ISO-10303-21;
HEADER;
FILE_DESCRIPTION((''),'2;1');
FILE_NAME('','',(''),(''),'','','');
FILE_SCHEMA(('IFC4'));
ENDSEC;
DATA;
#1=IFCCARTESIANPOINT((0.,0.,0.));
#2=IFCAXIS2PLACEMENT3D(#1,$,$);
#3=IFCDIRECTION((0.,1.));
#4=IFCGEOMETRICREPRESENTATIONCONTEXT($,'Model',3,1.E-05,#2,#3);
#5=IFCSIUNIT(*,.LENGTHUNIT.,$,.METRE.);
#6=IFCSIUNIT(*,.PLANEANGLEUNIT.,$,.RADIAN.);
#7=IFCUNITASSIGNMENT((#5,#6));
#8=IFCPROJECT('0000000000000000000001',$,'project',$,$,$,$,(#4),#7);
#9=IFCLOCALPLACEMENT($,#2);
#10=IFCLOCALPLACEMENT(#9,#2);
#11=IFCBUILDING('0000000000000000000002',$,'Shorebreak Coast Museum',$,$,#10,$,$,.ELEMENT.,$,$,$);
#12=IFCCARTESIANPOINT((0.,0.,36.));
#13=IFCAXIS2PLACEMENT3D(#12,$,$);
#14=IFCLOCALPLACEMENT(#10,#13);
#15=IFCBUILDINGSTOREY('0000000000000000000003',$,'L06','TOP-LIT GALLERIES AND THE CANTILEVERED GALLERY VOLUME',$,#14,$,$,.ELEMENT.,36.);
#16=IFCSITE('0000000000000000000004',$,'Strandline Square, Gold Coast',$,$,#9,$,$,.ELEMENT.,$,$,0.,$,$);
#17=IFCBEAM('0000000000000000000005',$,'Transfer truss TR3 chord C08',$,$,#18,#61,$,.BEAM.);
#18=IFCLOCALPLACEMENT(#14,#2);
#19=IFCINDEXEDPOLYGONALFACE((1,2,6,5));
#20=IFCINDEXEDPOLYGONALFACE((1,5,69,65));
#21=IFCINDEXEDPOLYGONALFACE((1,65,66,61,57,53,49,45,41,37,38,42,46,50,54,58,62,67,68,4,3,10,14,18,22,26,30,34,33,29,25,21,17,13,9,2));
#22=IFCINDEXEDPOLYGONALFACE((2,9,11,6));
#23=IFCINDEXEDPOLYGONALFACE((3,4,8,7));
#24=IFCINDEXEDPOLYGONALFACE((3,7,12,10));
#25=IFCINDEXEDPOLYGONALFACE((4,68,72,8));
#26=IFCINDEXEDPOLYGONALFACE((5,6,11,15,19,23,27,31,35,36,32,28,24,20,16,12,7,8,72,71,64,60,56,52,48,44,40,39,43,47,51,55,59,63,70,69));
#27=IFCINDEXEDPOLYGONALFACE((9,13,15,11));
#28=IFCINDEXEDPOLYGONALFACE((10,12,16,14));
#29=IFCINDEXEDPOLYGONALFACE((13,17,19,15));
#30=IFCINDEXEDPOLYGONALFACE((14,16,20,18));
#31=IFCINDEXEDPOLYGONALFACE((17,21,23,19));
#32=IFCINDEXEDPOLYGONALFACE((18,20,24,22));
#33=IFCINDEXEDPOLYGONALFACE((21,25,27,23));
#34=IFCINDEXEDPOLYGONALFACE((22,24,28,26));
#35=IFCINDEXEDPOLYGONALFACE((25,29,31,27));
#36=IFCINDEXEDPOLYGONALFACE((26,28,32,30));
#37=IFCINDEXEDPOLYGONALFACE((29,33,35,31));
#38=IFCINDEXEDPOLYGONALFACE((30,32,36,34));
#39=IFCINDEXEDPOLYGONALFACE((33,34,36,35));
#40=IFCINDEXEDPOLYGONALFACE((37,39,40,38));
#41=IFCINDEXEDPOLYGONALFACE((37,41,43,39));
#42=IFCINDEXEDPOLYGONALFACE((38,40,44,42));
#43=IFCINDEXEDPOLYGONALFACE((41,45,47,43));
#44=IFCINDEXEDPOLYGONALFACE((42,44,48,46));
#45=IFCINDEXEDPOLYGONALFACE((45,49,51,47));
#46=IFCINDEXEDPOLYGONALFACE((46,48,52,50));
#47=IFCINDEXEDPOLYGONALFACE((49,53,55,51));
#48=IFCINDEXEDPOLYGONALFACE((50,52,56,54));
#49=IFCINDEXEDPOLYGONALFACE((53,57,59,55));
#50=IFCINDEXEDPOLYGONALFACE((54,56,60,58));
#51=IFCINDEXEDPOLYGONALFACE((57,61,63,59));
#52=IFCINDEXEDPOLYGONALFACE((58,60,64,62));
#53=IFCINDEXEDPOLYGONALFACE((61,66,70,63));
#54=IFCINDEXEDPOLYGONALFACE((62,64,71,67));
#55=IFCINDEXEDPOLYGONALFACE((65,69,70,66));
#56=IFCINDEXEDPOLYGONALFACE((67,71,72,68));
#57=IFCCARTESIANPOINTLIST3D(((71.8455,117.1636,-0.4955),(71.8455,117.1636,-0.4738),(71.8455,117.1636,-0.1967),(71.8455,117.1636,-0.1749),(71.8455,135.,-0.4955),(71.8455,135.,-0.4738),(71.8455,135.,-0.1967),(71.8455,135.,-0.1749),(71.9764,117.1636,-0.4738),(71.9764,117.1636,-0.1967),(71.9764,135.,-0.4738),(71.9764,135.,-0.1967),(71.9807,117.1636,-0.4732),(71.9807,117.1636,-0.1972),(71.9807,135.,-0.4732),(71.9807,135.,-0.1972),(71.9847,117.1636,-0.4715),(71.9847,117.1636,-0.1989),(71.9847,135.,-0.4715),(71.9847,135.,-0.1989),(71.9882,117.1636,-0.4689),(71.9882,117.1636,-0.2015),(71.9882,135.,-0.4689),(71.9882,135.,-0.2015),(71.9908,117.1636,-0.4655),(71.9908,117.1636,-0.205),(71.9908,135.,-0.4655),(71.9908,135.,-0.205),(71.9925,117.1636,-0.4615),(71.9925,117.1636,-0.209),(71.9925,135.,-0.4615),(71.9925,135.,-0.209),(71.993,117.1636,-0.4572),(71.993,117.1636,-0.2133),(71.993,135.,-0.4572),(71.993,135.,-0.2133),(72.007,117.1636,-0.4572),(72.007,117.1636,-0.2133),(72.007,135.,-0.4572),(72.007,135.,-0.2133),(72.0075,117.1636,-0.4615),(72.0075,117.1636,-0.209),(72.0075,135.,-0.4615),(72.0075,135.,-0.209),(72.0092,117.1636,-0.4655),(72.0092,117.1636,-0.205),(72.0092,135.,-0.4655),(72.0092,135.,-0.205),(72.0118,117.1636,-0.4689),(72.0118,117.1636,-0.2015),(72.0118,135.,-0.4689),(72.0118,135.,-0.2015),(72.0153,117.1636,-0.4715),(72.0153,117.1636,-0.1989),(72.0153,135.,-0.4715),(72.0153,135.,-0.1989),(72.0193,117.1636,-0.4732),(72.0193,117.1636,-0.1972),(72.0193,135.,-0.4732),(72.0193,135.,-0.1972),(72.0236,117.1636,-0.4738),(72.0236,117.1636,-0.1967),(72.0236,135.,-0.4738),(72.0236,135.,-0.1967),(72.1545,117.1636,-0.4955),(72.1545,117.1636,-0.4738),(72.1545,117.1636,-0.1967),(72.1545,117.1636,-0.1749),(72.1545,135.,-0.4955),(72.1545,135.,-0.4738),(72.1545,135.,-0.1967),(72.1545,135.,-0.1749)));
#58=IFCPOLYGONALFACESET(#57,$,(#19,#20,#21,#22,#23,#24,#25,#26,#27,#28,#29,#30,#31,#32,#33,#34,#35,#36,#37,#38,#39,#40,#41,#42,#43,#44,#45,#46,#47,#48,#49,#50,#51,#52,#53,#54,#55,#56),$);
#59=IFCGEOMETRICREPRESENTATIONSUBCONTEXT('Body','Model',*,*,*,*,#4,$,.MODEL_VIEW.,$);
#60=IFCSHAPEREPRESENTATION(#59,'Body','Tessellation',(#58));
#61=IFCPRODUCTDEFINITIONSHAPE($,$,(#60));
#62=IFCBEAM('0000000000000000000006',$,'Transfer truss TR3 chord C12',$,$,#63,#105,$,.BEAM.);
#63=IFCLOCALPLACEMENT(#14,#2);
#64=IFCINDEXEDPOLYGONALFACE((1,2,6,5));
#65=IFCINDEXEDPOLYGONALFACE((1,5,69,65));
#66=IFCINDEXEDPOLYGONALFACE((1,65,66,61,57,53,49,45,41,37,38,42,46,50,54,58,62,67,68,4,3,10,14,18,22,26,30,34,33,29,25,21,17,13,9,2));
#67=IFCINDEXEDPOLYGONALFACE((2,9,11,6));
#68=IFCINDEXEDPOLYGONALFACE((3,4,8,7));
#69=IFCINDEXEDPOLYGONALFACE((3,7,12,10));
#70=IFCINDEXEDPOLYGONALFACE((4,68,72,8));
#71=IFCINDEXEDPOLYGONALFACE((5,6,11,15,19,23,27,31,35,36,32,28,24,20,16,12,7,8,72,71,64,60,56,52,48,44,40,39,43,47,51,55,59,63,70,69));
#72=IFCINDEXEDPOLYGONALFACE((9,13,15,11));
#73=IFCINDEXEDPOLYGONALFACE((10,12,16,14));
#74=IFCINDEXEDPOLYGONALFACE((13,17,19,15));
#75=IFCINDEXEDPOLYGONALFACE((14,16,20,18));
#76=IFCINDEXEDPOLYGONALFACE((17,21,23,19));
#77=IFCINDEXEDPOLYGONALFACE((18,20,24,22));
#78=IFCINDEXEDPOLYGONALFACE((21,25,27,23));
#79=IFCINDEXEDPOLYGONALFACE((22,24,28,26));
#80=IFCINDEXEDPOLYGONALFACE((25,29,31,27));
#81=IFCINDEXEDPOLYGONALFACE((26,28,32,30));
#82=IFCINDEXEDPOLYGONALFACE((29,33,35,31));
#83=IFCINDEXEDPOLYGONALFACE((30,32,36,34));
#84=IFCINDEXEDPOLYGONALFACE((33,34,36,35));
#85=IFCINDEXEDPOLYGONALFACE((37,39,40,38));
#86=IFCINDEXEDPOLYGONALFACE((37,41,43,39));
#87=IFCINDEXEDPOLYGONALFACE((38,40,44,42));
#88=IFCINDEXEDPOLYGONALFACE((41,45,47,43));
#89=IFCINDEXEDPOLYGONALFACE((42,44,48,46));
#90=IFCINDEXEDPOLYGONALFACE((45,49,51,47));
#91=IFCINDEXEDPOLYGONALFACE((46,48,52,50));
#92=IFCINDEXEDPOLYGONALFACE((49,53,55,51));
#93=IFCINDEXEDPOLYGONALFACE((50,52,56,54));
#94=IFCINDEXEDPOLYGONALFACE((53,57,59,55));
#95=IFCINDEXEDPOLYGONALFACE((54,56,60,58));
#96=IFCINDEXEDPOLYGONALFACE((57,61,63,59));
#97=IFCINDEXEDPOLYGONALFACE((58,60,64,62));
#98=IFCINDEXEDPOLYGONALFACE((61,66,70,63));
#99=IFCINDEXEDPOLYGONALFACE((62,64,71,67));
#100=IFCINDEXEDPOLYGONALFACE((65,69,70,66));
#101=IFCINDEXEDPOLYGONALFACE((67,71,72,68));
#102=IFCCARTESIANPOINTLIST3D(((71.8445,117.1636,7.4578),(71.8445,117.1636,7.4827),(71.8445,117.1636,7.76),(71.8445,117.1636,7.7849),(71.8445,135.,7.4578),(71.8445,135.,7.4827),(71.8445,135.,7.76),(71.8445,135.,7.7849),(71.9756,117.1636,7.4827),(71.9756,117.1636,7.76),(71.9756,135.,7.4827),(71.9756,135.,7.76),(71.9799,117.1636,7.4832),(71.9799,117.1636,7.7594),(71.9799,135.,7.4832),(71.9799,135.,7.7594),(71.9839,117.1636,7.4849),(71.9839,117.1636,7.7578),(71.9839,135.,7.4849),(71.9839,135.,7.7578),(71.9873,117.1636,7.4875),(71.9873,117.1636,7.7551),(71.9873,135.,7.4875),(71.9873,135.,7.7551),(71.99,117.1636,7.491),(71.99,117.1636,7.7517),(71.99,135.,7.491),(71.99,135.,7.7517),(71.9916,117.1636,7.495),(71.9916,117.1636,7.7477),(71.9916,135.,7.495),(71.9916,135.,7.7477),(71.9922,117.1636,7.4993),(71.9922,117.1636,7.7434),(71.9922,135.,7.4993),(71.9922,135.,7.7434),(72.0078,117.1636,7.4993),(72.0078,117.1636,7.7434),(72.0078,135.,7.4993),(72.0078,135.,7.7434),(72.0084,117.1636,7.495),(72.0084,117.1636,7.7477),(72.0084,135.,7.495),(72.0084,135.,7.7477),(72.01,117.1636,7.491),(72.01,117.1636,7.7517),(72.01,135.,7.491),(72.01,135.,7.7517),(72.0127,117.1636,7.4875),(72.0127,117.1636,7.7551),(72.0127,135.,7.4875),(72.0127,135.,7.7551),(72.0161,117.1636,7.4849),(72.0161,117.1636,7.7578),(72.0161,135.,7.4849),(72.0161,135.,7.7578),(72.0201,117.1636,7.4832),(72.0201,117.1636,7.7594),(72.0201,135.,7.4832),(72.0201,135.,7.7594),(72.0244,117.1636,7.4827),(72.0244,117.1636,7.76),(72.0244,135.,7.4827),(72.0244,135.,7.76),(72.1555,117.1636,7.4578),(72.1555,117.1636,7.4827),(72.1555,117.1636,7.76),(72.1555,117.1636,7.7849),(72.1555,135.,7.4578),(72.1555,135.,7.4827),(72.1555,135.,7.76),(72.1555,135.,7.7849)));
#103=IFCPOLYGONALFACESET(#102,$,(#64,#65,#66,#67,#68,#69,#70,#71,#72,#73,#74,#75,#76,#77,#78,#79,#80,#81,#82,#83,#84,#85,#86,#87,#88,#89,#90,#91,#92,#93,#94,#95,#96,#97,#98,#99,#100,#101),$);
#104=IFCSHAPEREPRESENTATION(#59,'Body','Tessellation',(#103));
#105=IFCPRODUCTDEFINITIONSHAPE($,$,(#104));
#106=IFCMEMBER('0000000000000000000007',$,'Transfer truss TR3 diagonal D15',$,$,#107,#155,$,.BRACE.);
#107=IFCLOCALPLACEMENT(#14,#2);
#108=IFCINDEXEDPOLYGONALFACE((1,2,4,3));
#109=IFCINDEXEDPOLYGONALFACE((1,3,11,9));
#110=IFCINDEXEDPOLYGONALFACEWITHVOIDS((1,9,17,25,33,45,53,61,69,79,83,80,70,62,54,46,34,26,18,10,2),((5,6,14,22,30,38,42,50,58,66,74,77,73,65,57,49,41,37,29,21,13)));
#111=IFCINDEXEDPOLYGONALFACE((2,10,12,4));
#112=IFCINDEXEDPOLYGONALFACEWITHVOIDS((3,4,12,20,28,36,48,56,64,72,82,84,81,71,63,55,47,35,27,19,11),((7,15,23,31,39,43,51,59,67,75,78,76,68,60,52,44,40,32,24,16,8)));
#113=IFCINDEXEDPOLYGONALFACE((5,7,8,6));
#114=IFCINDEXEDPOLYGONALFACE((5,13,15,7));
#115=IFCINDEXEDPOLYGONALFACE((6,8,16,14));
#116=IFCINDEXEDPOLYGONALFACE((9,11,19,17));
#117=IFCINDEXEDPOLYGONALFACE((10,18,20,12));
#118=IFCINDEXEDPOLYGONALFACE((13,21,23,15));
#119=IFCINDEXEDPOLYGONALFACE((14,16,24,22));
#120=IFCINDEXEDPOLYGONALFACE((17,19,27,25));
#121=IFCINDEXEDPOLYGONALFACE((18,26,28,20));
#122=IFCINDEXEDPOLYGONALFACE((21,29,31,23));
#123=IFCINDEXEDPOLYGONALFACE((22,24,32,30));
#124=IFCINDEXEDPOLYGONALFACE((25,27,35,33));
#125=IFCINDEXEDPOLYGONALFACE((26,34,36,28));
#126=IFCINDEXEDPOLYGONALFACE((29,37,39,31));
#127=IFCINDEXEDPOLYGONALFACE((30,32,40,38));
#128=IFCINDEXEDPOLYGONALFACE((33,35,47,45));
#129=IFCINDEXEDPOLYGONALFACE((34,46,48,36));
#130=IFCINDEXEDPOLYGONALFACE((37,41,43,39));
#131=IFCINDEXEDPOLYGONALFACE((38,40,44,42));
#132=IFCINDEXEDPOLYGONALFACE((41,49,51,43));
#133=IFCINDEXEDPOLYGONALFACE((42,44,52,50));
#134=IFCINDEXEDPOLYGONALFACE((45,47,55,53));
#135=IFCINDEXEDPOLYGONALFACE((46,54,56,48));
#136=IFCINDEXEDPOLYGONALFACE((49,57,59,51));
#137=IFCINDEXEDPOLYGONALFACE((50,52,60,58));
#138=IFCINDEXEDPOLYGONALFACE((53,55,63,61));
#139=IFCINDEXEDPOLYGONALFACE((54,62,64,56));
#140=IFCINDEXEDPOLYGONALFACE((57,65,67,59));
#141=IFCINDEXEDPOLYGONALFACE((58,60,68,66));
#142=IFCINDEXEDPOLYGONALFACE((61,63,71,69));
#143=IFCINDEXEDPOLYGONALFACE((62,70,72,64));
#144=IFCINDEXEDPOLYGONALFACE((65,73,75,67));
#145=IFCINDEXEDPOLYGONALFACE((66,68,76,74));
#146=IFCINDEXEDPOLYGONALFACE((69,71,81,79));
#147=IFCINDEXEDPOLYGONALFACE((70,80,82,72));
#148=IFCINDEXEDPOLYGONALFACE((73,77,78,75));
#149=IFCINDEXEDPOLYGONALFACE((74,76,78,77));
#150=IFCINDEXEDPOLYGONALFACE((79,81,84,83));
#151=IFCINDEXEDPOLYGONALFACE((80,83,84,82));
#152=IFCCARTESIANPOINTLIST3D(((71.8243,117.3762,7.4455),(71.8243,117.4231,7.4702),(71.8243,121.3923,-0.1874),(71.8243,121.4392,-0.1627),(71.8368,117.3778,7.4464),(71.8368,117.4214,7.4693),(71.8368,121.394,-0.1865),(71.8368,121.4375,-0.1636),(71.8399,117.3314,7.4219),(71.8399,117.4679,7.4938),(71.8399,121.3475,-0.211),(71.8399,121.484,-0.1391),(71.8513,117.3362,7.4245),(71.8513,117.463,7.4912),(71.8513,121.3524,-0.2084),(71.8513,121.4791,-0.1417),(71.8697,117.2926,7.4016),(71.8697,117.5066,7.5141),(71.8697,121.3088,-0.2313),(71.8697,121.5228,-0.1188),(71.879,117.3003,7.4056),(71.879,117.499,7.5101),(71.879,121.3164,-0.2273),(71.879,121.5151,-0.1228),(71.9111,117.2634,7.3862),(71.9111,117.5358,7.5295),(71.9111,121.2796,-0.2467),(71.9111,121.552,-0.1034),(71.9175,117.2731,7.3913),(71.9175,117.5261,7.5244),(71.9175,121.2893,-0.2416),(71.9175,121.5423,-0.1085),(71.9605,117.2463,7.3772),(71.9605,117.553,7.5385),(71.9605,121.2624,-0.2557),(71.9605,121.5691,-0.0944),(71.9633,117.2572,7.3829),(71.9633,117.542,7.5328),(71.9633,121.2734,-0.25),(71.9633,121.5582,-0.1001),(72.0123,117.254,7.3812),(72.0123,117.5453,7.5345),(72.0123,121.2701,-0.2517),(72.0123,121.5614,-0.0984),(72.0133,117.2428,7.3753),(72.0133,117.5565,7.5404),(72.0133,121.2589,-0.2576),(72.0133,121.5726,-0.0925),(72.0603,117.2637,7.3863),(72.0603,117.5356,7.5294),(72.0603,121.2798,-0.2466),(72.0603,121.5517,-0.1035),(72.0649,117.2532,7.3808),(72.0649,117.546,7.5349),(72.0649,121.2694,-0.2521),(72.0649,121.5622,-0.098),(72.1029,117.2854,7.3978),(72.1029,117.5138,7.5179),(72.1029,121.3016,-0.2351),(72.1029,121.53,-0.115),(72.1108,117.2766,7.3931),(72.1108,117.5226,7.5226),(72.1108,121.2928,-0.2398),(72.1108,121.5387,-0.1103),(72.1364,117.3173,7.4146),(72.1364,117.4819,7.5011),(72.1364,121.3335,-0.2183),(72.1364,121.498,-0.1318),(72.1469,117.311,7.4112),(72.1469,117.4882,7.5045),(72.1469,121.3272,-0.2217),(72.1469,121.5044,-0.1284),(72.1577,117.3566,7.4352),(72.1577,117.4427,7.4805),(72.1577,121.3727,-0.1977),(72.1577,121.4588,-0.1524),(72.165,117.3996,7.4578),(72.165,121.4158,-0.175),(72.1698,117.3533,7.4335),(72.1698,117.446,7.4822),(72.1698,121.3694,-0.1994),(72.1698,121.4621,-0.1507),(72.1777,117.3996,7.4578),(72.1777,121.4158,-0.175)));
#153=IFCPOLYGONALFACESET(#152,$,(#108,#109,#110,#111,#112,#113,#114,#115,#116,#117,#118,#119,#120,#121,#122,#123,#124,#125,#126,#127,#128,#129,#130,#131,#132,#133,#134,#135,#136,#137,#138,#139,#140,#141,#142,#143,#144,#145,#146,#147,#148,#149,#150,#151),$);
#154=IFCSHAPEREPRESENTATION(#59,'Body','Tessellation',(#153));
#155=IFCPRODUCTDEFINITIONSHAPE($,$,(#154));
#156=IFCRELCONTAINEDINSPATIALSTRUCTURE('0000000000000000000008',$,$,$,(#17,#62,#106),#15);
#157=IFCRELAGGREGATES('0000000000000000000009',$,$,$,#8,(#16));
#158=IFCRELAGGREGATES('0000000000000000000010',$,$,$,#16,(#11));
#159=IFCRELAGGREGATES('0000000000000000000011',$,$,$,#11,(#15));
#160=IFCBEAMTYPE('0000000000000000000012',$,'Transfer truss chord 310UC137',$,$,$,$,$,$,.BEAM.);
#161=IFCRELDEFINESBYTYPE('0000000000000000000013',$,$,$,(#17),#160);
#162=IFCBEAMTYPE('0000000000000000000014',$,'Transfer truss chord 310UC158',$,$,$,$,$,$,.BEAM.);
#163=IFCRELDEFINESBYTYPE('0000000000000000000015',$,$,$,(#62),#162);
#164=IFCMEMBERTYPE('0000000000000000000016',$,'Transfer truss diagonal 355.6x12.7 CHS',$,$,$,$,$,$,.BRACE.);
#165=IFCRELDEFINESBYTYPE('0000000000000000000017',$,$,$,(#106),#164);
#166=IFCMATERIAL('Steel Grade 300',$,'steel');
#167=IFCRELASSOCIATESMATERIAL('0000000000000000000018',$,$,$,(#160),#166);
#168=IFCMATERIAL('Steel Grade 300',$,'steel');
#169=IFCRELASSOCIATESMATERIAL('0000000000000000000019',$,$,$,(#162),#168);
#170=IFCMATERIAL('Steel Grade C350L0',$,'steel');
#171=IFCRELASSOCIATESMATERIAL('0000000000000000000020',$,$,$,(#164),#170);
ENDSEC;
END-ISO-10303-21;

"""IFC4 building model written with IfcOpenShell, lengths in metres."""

from ifc_helpers import new_model, si_unit, direction, frame, origin, origin_2d, place, context, subcontext, project, spatial, hollow_circle, i_section, extrude, material, material_profile, profile_set, type_object, element, save


model = new_model("IFC4")

# Units and contexts
model_context = context("Model", 3, precision=1e-05, world=origin(), true_north=direction((0.0, 1.0)))
body_context = subcontext(model_context, "Body", "Model", "MODEL_VIEW")
ifc_project = project(units=[si_unit("LENGTHUNIT", "METRE"), si_unit("PLANEANGLEUNIT", "RADIAN")], contexts=[model_context])

# Site, building, storey
site_placement = place(None, origin())
site = spatial("IfcSite", under=ifc_project, at=site_placement, Name="Strandline Square, Gold Coast", CompositionType="ELEMENT", RefElevation=0.0)
building_placement = place(site_placement, origin())
building = spatial("IfcBuilding", under=site, at=building_placement, Name="Shorebreak Coast Museum", CompositionType="ELEMENT")
storey_placement = place(building_placement, frame((0.0, 0.0, 36.0)))
storey = spatial("IfcBuildingStorey", under=building, at=storey_placement, Name="L06", Description="TOP-LIT GALLERIES AND THE CANTILEVERED GALLERY VOLUME", CompositionType="ELEMENT", Elevation=36.0)

# Beams
ifc_material_1 = material(Name="Steel Grade 300", Category="steel")
ifc_material_profile_1 = material_profile(ifc_material_1, i_section(OverallWidth=0.3091, OverallDepth=0.3206, WebThickness=0.0139, FlangeThickness=0.0217, FilletRadius=0.0166, at=origin_2d()), Name="310UC137")
ifc_profile_set_1 = profile_set([ifc_material_profile_1], Name="Steel Grade 300")
beam_type_1 = type_object("IfcBeamType", Name="Transfer truss chord 310UC137", PredefinedType="BEAM", material=ifc_profile_set_1)
beam_1_placement = place(storey_placement, frame((72.0, 117.1636, -0.3352), z_axis=(0.0, 1.0, 0.0), x_axis=(-1.0, 0.0, 0.0)))
element("IfcBeam", 1, at=beam_1_placement, inside=storey, type_object=beam_type_1, Name="Transfer truss TR3 chord C08", PredefinedType="BEAM", context=body_context, shape_type="SweptSolid", body=[
    extrude(i_section(OverallWidth=0.3091, OverallDepth=0.3206, WebThickness=0.0139, FlangeThickness=0.0217, FilletRadius=0.0166, at=origin_2d()), origin(), (0.0, 0.0, 1.0), 17.8364),
])
ifc_material_2 = material(Name="Steel Grade 300", Category="steel")
ifc_material_profile_2 = material_profile(ifc_material_2, i_section(OverallWidth=0.311, OverallDepth=0.3271, WebThickness=0.0156, FlangeThickness=0.0249, FilletRadius=0.0166, at=origin_2d()), Name="310UC158")
ifc_profile_set_2 = profile_set([ifc_material_profile_2], Name="Steel Grade 300")
beam_type_2 = type_object("IfcBeamType", Name="Transfer truss chord 310UC158", PredefinedType="BEAM", material=ifc_profile_set_2)
beam_2_placement = place(storey_placement, frame((72.0, 117.1636, 7.6213), z_axis=(0.0, 1.0, 0.0), x_axis=(-1.0, 0.0, 0.0)))
element("IfcBeam", 2, at=beam_2_placement, inside=storey, type_object=beam_type_2, Name="Transfer truss TR3 chord C12", PredefinedType="BEAM", context=body_context, shape_type="SweptSolid", body=[
    extrude(i_section(OverallWidth=0.311, OverallDepth=0.3271, WebThickness=0.0156, FlangeThickness=0.0249, FilletRadius=0.0166, at=origin_2d()), origin(), (0.0, 0.0, 1.0), 17.8364),
])

# Member
ifc_material_3 = material(Name="Steel Grade C350L0", Category="steel")
ifc_material_profile_3 = material_profile(ifc_material_3, hollow_circle(Radius=0.1777, WallThickness=0.0127, at=origin_2d()), Name="355.6x12.7 CHS")
ifc_profile_set_3 = profile_set([ifc_material_profile_3], Name="Steel Grade C350L0")
member_type_1 = type_object("IfcMemberType", Name="Transfer truss diagonal 355.6x12.7 CHS", PredefinedType="BRACE", material=ifc_profile_set_3)
member_1_placement = place(storey_placement, frame((72.0, 121.4158, -0.175), z_axis=(0.0, -0.465641, 0.884973), x_axis=(1.0, 0.0, 0.0)))
element("IfcMember", 3, at=member_1_placement, inside=storey, type_object=member_type_1, Name="Transfer truss TR3 diagonal D15", PredefinedType="BRACE", context=body_context, shape_type="SweptSolid", body=[
    extrude(hollow_circle(Radius=0.1777, WallThickness=0.0127, at=origin_2d()), origin(), (0.0, 0.0, 1.0), 8.625),
])

save(model, "model.ifc")
